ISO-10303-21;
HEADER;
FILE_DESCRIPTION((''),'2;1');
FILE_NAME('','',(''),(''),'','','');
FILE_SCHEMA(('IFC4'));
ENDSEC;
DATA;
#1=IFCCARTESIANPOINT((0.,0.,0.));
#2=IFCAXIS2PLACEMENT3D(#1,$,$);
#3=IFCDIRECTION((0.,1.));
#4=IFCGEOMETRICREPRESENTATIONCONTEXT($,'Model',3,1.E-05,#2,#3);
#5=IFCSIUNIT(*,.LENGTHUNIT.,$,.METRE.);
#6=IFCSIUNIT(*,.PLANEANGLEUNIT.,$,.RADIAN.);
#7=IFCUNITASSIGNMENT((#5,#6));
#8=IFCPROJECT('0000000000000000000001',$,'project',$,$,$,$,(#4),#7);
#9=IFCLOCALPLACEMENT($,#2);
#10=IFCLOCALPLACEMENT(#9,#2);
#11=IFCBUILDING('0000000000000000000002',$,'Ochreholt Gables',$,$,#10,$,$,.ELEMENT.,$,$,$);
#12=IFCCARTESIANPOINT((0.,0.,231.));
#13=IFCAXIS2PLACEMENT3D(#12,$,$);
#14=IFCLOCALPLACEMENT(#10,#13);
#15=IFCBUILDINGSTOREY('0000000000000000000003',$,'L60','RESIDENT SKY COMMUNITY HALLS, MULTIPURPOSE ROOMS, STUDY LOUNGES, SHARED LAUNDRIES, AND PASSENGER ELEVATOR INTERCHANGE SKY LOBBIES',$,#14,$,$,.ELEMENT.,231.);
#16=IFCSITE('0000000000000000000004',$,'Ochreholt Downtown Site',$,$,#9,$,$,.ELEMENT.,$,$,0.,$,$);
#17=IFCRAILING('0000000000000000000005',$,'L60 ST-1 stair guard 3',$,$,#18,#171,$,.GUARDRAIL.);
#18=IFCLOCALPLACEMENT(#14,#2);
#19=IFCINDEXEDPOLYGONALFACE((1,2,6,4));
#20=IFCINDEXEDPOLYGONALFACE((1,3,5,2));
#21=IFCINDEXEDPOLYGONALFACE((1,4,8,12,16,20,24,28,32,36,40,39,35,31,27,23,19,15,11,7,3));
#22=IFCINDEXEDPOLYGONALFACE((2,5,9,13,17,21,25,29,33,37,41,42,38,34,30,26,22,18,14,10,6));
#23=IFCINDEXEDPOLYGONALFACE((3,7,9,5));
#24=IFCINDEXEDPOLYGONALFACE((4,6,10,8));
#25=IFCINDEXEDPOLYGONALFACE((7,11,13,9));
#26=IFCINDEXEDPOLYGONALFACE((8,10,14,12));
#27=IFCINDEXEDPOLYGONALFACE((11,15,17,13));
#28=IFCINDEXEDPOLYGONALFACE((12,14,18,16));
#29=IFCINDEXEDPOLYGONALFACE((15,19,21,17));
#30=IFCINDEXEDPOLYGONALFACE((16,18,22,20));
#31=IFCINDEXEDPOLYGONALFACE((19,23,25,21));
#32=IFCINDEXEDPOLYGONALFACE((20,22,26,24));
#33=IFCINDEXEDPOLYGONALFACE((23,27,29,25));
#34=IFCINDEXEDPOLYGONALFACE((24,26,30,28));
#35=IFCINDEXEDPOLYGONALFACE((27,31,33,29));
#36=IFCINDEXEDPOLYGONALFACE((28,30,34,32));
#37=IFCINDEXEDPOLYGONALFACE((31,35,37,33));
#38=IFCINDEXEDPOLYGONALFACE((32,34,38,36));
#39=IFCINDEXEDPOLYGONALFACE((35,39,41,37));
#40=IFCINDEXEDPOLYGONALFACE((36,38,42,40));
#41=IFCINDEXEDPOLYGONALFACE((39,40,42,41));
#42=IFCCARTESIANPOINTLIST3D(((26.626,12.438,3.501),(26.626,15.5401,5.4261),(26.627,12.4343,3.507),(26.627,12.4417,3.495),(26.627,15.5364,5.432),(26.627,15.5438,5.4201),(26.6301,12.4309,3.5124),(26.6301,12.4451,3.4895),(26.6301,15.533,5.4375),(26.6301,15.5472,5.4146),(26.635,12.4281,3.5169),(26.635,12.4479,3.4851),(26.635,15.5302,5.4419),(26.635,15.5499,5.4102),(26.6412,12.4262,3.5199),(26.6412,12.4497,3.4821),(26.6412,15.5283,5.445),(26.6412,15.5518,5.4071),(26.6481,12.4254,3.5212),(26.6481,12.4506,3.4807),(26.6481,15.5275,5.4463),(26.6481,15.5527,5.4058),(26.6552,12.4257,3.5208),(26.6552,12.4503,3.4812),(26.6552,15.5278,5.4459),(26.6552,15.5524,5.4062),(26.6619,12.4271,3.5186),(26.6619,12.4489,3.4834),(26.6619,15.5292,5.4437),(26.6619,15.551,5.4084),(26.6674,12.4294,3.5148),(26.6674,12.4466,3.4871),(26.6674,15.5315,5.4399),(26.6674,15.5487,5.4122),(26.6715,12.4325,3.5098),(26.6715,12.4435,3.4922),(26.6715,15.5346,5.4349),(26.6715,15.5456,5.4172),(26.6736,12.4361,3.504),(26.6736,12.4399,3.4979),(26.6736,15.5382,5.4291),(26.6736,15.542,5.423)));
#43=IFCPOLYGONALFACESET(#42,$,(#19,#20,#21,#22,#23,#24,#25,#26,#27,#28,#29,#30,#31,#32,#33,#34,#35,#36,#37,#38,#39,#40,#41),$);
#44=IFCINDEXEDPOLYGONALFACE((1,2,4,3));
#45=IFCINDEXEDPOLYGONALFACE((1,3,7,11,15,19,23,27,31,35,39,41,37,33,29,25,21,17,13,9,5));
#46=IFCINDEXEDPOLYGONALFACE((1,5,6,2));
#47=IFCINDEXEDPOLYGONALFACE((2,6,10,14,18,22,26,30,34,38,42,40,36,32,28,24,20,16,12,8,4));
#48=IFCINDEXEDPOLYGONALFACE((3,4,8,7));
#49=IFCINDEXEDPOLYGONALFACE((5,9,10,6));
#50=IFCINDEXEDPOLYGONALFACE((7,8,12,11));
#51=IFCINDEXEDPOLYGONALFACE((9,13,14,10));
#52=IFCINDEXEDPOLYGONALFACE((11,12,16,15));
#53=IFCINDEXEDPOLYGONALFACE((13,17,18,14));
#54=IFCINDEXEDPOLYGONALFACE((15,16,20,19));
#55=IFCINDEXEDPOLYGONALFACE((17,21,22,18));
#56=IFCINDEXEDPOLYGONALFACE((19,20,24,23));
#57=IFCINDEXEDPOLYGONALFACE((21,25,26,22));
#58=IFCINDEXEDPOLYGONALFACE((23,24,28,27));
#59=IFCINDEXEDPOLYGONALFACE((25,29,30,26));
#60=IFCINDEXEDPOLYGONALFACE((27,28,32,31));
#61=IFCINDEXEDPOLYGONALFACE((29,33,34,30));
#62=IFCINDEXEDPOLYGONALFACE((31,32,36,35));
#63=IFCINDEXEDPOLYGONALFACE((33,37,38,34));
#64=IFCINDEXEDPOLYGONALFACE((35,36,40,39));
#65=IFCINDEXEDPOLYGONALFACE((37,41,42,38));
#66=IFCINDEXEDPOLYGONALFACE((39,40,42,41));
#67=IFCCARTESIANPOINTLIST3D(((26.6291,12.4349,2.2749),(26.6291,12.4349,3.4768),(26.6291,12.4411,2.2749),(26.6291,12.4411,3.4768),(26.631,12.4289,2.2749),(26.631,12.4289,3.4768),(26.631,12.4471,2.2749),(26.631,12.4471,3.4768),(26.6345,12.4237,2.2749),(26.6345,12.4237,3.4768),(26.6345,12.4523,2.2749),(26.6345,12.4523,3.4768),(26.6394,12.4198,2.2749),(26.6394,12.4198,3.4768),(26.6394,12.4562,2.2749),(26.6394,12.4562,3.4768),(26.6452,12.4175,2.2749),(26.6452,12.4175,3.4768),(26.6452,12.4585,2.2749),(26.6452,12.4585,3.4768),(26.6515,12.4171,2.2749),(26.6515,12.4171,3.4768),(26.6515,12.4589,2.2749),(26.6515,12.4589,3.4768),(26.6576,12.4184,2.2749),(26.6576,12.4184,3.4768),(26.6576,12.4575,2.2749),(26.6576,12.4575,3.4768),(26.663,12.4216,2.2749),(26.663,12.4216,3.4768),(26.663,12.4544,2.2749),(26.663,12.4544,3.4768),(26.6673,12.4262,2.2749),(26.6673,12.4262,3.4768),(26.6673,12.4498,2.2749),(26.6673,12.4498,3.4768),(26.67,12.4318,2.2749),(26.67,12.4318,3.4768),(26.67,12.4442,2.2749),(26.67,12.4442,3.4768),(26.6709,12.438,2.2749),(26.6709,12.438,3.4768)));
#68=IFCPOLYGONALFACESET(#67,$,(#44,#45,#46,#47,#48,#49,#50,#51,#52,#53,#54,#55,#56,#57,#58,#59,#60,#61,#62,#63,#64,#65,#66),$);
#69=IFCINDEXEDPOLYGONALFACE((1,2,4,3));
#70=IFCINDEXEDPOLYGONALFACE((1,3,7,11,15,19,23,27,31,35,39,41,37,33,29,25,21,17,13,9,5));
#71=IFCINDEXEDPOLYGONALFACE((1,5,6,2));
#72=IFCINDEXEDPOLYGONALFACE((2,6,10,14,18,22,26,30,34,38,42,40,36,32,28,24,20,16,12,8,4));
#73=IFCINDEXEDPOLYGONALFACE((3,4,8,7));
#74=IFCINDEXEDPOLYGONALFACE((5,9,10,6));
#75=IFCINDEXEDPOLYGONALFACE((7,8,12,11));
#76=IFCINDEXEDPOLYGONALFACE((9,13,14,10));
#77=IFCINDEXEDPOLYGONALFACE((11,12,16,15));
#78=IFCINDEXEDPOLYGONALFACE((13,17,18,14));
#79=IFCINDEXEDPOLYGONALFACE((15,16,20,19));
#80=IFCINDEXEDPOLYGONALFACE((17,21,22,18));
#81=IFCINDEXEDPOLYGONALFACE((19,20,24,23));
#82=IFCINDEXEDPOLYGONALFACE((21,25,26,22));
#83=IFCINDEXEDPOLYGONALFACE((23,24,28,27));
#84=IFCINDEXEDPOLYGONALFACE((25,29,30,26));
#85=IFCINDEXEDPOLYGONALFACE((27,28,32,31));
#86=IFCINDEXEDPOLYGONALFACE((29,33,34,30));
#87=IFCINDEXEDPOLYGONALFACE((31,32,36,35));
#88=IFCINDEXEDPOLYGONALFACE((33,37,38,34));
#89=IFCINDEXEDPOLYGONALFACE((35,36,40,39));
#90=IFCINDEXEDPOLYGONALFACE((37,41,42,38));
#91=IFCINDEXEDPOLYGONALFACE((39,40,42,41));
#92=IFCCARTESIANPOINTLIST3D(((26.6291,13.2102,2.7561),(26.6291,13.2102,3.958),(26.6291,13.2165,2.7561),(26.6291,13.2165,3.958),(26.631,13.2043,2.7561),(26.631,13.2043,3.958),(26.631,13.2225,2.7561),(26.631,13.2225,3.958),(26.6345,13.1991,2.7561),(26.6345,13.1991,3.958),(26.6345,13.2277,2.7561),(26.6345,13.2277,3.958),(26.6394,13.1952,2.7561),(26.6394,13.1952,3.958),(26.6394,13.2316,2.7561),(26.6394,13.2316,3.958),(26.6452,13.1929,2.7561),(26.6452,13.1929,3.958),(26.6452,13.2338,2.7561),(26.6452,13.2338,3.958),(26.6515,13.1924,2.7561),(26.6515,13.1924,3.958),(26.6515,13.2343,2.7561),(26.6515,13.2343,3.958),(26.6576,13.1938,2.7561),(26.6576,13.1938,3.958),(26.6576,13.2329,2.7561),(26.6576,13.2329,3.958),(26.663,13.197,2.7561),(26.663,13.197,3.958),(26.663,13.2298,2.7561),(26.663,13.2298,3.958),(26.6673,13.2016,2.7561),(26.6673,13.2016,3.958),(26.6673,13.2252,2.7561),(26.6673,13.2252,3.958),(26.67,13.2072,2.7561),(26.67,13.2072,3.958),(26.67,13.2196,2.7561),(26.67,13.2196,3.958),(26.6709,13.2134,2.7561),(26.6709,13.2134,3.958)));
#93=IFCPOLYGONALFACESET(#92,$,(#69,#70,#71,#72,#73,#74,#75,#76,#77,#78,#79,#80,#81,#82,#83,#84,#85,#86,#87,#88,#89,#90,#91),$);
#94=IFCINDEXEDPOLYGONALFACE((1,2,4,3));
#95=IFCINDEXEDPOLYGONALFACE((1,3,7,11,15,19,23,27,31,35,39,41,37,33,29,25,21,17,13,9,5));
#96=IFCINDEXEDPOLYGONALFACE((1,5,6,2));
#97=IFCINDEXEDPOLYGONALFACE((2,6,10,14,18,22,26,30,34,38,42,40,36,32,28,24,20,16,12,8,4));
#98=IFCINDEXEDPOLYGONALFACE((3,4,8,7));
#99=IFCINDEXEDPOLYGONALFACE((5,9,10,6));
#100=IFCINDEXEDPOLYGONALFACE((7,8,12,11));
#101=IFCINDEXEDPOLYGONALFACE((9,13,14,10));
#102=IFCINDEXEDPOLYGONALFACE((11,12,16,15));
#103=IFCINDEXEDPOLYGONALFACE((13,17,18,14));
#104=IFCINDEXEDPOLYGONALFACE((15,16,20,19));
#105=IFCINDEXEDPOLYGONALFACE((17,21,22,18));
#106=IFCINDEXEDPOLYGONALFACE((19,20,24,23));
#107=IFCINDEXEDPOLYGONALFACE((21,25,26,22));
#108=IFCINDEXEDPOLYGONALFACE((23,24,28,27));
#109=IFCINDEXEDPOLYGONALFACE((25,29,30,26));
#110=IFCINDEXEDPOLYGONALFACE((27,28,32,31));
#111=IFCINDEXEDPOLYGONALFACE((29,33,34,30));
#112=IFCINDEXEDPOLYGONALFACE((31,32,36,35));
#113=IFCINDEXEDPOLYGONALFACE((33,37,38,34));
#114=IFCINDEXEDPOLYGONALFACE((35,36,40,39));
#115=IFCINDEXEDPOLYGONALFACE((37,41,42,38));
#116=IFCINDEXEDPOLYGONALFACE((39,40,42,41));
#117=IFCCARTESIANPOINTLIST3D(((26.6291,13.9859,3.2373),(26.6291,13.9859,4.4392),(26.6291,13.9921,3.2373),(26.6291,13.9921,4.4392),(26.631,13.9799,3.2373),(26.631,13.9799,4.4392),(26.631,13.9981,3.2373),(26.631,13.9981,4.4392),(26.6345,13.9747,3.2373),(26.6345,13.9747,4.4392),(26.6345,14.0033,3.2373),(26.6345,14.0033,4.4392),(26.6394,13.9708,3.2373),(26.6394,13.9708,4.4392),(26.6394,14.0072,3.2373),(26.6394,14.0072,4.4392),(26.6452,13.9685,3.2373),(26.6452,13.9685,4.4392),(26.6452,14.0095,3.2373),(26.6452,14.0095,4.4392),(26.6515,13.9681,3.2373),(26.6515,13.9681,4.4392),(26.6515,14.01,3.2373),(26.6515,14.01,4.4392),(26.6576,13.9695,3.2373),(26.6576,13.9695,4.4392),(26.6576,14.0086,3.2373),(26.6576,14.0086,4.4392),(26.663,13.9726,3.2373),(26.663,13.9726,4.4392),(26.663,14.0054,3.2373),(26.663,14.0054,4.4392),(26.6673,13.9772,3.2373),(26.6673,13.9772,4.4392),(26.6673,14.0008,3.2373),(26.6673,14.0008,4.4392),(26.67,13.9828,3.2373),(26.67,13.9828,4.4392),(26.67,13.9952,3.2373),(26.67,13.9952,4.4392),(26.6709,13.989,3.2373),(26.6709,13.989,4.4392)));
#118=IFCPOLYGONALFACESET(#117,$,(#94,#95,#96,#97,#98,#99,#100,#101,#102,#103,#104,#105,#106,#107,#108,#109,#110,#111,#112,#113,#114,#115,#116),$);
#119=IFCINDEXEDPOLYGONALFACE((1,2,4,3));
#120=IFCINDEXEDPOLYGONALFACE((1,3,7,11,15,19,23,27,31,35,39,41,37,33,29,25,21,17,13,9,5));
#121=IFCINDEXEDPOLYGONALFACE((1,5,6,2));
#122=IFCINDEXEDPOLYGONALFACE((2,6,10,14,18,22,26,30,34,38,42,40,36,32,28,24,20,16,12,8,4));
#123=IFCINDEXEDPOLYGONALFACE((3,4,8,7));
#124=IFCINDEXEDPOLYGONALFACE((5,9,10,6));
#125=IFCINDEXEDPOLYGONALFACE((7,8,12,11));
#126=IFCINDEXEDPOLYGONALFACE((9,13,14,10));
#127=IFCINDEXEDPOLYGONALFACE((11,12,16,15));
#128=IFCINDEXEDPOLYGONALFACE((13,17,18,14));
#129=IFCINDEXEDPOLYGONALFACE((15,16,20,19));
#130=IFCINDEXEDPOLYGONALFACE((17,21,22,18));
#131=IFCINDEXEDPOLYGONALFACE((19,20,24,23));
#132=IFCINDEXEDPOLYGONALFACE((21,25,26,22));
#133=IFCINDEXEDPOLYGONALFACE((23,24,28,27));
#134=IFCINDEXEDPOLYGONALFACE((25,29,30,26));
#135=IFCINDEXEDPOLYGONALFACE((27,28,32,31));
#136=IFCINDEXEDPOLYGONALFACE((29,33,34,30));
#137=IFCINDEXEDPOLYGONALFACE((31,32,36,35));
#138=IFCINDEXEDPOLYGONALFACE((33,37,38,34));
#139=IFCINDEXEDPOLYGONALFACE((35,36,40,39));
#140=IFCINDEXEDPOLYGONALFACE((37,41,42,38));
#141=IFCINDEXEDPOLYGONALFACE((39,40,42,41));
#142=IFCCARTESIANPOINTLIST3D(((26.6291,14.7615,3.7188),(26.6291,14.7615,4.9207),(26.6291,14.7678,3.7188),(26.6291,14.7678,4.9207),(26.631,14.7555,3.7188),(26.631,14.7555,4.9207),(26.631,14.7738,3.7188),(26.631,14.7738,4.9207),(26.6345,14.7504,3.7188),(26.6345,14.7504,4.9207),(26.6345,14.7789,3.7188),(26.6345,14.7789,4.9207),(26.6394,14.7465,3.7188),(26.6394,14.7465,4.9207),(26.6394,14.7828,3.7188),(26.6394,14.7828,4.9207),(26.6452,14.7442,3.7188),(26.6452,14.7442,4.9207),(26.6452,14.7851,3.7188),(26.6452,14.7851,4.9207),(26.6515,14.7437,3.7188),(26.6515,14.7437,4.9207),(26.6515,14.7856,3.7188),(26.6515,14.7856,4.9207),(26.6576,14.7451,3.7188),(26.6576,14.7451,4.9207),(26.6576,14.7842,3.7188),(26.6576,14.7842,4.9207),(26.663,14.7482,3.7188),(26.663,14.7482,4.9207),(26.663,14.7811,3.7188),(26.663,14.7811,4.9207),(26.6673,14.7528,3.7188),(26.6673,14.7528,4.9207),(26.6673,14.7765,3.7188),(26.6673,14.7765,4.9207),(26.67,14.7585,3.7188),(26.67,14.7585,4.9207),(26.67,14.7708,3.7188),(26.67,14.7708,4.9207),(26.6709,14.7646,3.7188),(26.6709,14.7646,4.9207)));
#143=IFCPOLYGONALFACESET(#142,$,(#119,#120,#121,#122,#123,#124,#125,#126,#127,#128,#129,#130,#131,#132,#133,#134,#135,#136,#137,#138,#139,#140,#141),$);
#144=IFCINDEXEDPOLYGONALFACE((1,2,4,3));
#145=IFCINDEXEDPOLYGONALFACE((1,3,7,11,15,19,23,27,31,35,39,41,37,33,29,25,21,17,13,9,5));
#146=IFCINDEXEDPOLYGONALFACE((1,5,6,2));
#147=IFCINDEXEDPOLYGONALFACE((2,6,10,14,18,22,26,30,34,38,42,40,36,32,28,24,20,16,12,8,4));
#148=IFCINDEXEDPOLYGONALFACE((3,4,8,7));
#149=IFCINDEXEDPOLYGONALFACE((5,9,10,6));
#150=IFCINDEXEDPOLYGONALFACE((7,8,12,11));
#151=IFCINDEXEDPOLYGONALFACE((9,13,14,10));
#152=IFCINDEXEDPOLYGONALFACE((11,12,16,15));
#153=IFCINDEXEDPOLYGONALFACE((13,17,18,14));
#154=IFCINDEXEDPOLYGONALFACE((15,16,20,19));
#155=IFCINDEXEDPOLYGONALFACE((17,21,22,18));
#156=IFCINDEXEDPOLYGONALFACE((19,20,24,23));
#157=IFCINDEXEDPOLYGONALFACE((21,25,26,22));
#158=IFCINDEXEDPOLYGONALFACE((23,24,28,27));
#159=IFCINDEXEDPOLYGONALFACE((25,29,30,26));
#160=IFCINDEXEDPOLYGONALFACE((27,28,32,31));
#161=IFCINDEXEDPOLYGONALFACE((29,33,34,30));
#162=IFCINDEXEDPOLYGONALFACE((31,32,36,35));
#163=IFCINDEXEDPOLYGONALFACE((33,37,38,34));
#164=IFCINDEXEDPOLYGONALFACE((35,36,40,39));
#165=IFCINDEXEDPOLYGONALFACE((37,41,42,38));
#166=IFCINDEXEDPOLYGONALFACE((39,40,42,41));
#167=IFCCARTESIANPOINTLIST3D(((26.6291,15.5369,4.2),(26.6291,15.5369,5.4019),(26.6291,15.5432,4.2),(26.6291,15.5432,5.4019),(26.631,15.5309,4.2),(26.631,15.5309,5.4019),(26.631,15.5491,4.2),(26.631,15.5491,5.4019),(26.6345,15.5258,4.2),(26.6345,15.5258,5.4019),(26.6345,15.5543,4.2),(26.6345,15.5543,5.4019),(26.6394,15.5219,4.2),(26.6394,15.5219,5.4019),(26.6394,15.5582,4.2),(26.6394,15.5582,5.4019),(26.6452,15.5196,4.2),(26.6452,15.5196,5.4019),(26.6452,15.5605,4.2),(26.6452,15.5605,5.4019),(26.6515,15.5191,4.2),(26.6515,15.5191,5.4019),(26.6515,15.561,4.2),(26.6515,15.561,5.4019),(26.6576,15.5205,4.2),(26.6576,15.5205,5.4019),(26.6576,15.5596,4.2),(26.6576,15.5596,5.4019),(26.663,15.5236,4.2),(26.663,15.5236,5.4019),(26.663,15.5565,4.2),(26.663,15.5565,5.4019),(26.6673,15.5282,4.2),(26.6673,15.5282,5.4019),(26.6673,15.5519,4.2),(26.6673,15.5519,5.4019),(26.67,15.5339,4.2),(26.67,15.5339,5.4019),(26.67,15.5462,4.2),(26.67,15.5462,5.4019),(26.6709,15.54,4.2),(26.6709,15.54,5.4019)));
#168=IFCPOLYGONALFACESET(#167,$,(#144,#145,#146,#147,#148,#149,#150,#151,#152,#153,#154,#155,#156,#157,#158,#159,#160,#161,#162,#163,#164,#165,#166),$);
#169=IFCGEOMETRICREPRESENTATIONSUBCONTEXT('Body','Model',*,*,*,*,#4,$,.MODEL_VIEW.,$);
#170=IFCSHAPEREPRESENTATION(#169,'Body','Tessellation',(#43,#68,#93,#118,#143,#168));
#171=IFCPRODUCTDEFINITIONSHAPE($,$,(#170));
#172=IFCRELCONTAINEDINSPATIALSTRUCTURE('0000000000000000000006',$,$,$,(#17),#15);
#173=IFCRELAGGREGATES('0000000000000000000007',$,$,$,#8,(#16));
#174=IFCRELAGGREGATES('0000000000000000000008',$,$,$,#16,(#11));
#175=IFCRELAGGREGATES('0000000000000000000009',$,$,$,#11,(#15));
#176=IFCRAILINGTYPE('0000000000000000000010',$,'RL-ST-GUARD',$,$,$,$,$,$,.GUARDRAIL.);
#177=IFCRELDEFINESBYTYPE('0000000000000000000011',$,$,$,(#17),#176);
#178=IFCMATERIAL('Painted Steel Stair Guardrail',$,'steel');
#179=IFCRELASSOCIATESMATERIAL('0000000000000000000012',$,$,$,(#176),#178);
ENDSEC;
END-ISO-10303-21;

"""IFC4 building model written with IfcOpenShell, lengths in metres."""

from ifc_helpers import new_model, si_unit, direction, frame, origin, origin_2d, place, context, subcontext, project, spatial, circle, extrude, material, type_object, element, save


model = new_model("IFC4")

# Units and contexts
model_context = context("Model", 3, precision=1e-05, world=origin(), true_north=direction((0.0, 1.0)))
body_context = subcontext(model_context, "Body", "Model", "MODEL_VIEW")
ifc_project = project(units=[si_unit("LENGTHUNIT", "METRE"), si_unit("PLANEANGLEUNIT", "RADIAN")], contexts=[model_context])

# Site, building, storey
site_placement = place(None, origin())
site = spatial("IfcSite", under=ifc_project, at=site_placement, Name="Ochreholt Downtown Site", CompositionType="ELEMENT", RefElevation=0.0)
building_placement = place(site_placement, origin())
building = spatial("IfcBuilding", under=site, at=building_placement, Name="Ochreholt Gables", CompositionType="ELEMENT")
storey_placement = place(building_placement, frame((0.0, 0.0, 231.0)))
storey = spatial("IfcBuildingStorey", under=building, at=storey_placement, Name="L60", Description="RESIDENT SKY COMMUNITY HALLS, MULTIPURPOSE ROOMS, STUDY LOUNGES, SHARED LAUNDRIES, AND PASSENGER ELEVATOR INTERCHANGE SKY LOBBIES", CompositionType="ELEMENT", Elevation=231.0)

# Railing
ifc_material_1 = material(Name="Painted Steel Stair Guardrail", Category="steel")
railing_type_1 = type_object("IfcRailingType", Name="RL-ST-GUARD", PredefinedType="GUARDRAIL", material=ifc_material_1)
railing_1_placement = place(storey_placement, frame((26.6499, 12.438, 2.2749)))
element("IfcRailing", 1, at=railing_1_placement, inside=storey, type_object=railing_type_1, Name="L60 ST-1 stair guard 3", PredefinedType="GUARDRAIL", context=body_context, shape_type="SweptSolid", body=[
    extrude(circle(Radius=0.0239, at=origin_2d()), frame((0.0, 0.0, 1.2261), z_axis=(0.0, 0.849685, 0.527291), x_axis=(-1.0, 0.0, 0.0)), (0.0, 0.0, 1.0), 3.6509),
    extrude(circle(Radius=0.021, at=origin_2d()), origin(), (0.0, 0.0, 1.0), 1.2019),
    extrude(circle(Radius=0.021, at=origin_2d()), frame((0.0, 0.7754, 0.4812)), (0.0, 0.0, 1.0), 1.2019),
    extrude(circle(Radius=0.021, at=origin_2d()), frame((0.0, 1.551, 0.9624)), (0.0, 0.0, 1.0), 1.2019),
    extrude(circle(Radius=0.021, at=origin_2d()), frame((0.0, 2.3267, 1.4438)), (0.0, 0.0, 1.0), 1.2019),
    extrude(circle(Radius=0.021, at=origin_2d()), frame((0.0, 3.1021, 1.925)), (0.0, 0.0, 1.0), 1.2019),
])

save(model, "model.ifc")
